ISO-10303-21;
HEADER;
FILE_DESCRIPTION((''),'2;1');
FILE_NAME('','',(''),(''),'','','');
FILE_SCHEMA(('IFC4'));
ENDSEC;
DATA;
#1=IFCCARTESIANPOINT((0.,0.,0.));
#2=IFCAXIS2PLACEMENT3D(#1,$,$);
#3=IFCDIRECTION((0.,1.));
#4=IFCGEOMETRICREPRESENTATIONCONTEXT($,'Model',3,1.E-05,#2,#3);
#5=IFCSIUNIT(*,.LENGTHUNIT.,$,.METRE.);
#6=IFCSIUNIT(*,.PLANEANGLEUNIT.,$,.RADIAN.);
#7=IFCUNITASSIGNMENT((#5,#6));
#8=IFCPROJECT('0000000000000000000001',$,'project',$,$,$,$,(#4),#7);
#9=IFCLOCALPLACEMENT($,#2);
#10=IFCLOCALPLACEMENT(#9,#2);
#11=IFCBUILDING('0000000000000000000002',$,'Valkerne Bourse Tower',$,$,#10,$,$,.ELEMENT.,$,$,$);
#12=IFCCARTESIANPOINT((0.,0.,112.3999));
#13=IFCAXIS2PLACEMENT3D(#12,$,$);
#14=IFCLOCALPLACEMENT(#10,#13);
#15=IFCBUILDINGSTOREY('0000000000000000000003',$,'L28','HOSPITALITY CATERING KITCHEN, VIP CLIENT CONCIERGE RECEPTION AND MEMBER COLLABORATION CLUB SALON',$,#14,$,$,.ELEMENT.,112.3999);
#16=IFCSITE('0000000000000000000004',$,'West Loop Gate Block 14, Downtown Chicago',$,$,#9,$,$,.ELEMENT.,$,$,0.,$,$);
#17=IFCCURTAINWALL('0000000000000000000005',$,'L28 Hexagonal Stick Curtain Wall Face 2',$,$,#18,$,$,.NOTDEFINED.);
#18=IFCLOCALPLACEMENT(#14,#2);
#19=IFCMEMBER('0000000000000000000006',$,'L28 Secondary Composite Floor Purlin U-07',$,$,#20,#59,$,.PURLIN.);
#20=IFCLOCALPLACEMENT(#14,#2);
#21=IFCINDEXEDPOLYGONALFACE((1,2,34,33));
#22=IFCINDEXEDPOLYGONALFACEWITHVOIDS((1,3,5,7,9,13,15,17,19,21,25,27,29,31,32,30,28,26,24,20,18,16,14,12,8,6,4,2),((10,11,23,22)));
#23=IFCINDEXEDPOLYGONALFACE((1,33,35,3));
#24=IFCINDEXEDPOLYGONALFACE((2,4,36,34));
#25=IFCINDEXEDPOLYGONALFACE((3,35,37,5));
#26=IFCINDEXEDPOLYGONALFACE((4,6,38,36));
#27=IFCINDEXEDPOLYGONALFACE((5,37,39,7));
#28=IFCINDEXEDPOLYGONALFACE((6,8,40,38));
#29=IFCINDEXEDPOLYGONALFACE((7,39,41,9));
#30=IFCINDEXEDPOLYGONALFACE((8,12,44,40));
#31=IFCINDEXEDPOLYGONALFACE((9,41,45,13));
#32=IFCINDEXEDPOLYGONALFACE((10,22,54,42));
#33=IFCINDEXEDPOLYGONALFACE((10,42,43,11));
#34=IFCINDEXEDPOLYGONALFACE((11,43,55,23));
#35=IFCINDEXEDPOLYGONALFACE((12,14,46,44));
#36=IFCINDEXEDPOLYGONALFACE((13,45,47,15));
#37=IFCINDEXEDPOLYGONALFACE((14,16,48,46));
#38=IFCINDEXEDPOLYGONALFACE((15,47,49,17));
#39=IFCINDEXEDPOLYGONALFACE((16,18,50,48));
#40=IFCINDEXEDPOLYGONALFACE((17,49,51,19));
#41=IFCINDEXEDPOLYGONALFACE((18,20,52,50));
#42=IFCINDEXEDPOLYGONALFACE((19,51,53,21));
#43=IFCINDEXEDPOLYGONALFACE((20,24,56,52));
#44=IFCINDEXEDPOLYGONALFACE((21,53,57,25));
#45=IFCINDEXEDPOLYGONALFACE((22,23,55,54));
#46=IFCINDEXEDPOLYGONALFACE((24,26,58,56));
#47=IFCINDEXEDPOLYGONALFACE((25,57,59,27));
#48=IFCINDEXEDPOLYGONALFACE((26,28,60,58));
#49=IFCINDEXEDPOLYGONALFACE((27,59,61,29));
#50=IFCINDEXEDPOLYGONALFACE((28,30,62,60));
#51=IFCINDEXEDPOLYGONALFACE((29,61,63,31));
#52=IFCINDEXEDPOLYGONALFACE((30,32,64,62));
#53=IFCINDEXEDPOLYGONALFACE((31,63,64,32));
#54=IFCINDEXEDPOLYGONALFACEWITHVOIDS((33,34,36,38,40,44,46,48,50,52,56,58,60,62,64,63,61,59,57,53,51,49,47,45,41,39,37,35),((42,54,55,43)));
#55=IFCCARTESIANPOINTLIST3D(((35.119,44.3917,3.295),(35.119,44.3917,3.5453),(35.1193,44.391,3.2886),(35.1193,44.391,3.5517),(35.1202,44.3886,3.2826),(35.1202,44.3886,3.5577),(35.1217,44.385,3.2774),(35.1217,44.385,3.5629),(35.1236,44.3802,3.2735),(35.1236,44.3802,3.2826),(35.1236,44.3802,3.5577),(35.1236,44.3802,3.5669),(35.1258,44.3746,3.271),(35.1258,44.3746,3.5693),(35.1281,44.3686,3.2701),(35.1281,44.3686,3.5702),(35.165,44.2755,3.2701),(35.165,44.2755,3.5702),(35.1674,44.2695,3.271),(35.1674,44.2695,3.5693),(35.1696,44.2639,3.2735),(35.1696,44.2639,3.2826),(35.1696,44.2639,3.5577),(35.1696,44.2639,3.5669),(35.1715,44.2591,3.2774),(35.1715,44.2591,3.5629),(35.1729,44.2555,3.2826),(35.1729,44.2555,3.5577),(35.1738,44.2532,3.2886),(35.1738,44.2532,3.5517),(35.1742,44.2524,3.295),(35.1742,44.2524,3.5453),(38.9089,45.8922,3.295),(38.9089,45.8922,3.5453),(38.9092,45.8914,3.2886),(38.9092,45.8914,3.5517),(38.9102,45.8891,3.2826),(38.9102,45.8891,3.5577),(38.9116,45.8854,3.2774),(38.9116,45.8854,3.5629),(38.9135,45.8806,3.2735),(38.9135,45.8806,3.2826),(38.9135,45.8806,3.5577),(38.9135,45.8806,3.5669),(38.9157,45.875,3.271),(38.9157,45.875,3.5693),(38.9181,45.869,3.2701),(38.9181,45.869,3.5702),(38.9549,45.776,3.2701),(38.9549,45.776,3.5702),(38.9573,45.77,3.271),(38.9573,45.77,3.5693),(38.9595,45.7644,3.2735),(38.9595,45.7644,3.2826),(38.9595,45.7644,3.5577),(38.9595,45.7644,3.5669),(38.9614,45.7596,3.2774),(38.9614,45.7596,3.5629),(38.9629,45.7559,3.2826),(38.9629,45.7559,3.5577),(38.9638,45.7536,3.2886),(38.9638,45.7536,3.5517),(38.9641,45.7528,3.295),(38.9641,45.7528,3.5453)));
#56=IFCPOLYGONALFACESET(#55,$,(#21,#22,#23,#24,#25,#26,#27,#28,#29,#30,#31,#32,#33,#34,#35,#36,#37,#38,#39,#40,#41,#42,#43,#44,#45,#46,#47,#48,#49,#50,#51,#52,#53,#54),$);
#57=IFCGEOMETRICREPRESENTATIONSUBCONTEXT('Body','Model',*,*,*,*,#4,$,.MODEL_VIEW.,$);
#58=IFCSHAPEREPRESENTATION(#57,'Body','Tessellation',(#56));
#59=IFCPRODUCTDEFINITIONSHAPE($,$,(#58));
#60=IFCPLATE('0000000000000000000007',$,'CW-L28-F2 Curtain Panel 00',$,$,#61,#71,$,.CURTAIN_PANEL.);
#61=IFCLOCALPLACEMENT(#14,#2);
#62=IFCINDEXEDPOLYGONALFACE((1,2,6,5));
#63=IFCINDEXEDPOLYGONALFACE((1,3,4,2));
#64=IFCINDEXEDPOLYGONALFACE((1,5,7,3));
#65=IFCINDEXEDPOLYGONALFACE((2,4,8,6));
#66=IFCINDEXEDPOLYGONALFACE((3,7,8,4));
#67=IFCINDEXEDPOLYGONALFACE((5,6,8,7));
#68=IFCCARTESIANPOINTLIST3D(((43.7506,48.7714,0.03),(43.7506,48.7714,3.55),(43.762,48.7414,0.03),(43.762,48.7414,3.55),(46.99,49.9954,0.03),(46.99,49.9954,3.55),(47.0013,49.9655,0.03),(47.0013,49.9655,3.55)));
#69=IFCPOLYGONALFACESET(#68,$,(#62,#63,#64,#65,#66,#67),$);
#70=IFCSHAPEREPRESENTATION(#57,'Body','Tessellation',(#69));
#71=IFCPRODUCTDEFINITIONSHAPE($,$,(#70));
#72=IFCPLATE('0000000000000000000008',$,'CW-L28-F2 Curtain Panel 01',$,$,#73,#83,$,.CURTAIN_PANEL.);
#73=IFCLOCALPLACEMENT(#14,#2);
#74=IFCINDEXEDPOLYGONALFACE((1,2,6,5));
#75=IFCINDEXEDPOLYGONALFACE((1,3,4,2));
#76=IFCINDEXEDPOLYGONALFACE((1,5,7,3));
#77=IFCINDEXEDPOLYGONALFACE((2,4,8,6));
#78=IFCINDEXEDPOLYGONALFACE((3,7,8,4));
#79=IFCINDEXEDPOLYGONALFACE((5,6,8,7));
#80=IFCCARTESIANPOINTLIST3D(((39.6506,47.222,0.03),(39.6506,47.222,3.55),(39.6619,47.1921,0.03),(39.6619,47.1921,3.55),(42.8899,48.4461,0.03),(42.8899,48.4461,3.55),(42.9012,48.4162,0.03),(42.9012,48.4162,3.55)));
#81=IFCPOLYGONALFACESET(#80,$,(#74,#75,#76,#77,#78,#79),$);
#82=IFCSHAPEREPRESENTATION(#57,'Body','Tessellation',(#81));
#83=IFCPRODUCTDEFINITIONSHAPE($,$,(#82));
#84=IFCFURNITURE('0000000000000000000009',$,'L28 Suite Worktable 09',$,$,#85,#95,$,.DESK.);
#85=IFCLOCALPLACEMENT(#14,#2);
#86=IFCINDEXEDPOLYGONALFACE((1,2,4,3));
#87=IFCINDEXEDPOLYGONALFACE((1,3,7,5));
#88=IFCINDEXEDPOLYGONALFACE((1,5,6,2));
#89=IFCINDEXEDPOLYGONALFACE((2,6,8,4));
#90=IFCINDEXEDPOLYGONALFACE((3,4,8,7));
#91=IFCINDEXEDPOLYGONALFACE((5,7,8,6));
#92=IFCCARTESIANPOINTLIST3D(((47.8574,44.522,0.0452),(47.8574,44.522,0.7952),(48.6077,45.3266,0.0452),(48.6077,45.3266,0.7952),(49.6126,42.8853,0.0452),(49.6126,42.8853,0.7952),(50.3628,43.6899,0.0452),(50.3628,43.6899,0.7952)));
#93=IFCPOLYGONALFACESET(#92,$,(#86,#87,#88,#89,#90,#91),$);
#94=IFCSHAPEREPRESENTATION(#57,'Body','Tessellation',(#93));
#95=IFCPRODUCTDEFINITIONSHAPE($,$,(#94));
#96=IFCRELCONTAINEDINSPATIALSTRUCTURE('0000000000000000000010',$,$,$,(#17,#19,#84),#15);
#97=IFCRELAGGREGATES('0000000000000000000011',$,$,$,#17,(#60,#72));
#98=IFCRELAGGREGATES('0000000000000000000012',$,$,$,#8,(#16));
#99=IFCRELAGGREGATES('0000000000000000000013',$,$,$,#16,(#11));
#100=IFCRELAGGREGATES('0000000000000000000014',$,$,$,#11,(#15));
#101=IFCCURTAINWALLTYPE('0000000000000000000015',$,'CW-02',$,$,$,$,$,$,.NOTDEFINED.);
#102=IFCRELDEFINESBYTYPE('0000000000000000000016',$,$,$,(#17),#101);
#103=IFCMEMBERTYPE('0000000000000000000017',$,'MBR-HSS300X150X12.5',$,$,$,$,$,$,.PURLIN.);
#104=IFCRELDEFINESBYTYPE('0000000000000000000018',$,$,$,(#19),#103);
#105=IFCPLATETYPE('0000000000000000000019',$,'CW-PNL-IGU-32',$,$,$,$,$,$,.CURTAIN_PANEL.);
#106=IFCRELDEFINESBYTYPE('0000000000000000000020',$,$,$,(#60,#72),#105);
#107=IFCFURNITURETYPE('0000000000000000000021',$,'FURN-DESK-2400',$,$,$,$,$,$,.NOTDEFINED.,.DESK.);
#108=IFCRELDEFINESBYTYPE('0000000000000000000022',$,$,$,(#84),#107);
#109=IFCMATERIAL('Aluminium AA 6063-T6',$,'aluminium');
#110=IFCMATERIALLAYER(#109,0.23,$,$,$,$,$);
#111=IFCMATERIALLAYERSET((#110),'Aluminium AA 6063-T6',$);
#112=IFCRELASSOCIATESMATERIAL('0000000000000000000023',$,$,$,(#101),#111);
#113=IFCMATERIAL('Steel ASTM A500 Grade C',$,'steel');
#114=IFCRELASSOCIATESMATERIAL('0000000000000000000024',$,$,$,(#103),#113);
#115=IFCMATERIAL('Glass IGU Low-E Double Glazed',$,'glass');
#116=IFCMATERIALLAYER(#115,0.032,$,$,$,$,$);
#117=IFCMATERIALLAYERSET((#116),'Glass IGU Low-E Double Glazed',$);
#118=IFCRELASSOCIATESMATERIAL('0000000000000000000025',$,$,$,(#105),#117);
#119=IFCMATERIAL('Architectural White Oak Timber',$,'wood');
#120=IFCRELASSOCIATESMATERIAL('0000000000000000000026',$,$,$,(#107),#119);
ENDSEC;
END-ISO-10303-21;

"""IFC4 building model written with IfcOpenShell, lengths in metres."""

from ifc_helpers import new_model, si_unit, direction, frame, origin, origin_2d, place, context, subcontext, project, spatial, rectangle, hollow_rectangle, extrude, material, layer, layer_set, material_profile, profile_set, type_object, element, aggregate, save


model = new_model("IFC4")

# Units and contexts
model_context = context("Model", 3, precision=1e-05, world=origin(), true_north=direction((0.0, 1.0)))
body_context = subcontext(model_context, "Body", "Model", "MODEL_VIEW")
ifc_project = project(units=[si_unit("LENGTHUNIT", "METRE"), si_unit("PLANEANGLEUNIT", "RADIAN")], contexts=[model_context])

# Site, building, storey
site_placement = place(None, origin())
site = spatial("IfcSite", under=ifc_project, at=site_placement, Name="West Loop Gate Block 14, Downtown Chicago", CompositionType="ELEMENT", RefElevation=0.0)
building_placement = place(site_placement, origin())
building = spatial("IfcBuilding", under=site, at=building_placement, Name="Valkerne Bourse Tower", CompositionType="ELEMENT")
storey_placement = place(building_placement, frame((0.0, 0.0, 112.3999)))
storey = spatial("IfcBuildingStorey", under=building, at=storey_placement, Name="L28", Description="HOSPITALITY CATERING KITCHEN, VIP CLIENT CONCIERGE RECEPTION AND MEMBER COLLABORATION CLUB SALON", CompositionType="ELEMENT", Elevation=112.3999)

# Curtain wall
ifc_material_1 = material(Name="Aluminium AA 6063-T6", Category="aluminium")
ifc_layer_1 = layer(ifc_material_1, 0.23)
ifc_layer_set_1 = layer_set([ifc_layer_1], Name="Aluminium AA 6063-T6")
curtain_wall_type = type_object("IfcCurtainWallType", Name="CW-02", PredefinedType="NOTDEFINED", material=ifc_layer_set_1)
curtain_wall_placement = place(storey_placement, origin())
curtain_wall = element("IfcCurtainWall", 1, at=curtain_wall_placement, inside=storey, type_object=curtain_wall_type, Name="L28 Hexagonal Stick Curtain Wall Face 2", PredefinedType="NOTDEFINED")

# Member
ifc_material_2 = material(Name="Steel ASTM A500 Grade C", Category="steel")
ifc_material_profile_1 = material_profile(ifc_material_2, hollow_rectangle(XDim=0.1499, YDim=0.3, WallThickness=0.0125, OuterFilletRadius=0.0249, at=origin_2d()), Name="HSS300X150X12.5")
ifc_profile_set_1 = profile_set([ifc_material_profile_1], Name="Steel ASTM A500 Grade C")
member_type_1 = type_object("IfcMemberType", Name="MBR-HSS300X150X12.5", PredefinedType="PURLIN", material=ifc_profile_set_1)
member_1_placement = place(storey_placement, frame((38.9365, 45.8225, 3.4202), z_axis=(-0.929784, -0.368105, 0.0), x_axis=(0.368105, -0.929784, 0.0)))
element("IfcMember", 2, at=member_1_placement, inside=storey, type_object=member_type_1, Name="L28 Secondary Composite Floor Purlin U-07", PredefinedType="PURLIN", context=body_context, shape_type="SweptSolid", body=[
    extrude(hollow_rectangle(XDim=0.1499, YDim=0.3, WallThickness=0.0125, OuterFilletRadius=0.0249, at=origin_2d()), origin(), (0.0, 0.0, 1.0), 4.0762),
])

# Plates
ifc_material_3 = material(Name="Glass IGU Low-E Double Glazed", Category="glass")
ifc_layer_2 = layer(ifc_material_3, 0.032)
ifc_layer_set_2 = layer_set([ifc_layer_2], Name="Glass IGU Low-E Double Glazed")
plate_type = type_object("IfcPlateType", Name="CW-PNL-IGU-32", PredefinedType="CURTAIN_PANEL", material=ifc_layer_set_2)
plate_1_placement = place(storey_placement, frame((45.376, 49.3684, 0.03), z_axis=(0.0, 0.0, 1.0), x_axis=(-0.935449, -0.353463, 0.0)))
plate_1 = element("IfcPlate", 3, at=plate_1_placement, type_object=plate_type, Name="CW-L28-F2 Curtain Panel 00", PredefinedType="CURTAIN_PANEL", context=body_context, shape_type="SweptSolid", body=[
    extrude(rectangle(XDim=3.4629, YDim=0.032, at=origin_2d()), origin(), (0.0, 0.0, 1.0), 3.52),
])
plate_2_placement = place(storey_placement, frame((41.2759, 47.8191, 0.03), z_axis=(0.0, 0.0, 1.0), x_axis=(-0.935444, -0.353475, 0.0)))
plate_2 = element("IfcPlate", 4, at=plate_2_placement, type_object=plate_type, Name="CW-L28-F2 Curtain Panel 01", PredefinedType="CURTAIN_PANEL", context=body_context, shape_type="SweptSolid", body=[
    extrude(rectangle(XDim=3.4629, YDim=0.032, at=origin_2d()), origin(), (0.0, 0.0, 1.0), 3.52),
])
aggregate(curtain_wall, [plate_1, plate_2])

# Furniture
ifc_material_4 = material(Name="Architectural White Oak Timber", Category="wood")
furniture_type = type_object("IfcFurnitureType", Name="FURN-DESK-2400", AssemblyPlace="NOTDEFINED", PredefinedType="DESK", material=ifc_material_4)
furniture_placement = place(storey_placement, frame((49.1101, 44.106, 0.0452), z_axis=(0.0, 0.0, 1.0), x_axis=(-0.731354, 0.681998, 0.0)))
element("IfcFurniture", 5, at=furniture_placement, inside=storey, type_object=furniture_type, Name="L28 Suite Worktable 09", PredefinedType="DESK", context=body_context, shape_type="SweptSolid", body=[
    extrude(rectangle(XDim=2.3999, YDim=1.1001, at=origin_2d()), origin(), (0.0, 0.0, 1.0), 0.75),
])

save(model, "model.ifc")
